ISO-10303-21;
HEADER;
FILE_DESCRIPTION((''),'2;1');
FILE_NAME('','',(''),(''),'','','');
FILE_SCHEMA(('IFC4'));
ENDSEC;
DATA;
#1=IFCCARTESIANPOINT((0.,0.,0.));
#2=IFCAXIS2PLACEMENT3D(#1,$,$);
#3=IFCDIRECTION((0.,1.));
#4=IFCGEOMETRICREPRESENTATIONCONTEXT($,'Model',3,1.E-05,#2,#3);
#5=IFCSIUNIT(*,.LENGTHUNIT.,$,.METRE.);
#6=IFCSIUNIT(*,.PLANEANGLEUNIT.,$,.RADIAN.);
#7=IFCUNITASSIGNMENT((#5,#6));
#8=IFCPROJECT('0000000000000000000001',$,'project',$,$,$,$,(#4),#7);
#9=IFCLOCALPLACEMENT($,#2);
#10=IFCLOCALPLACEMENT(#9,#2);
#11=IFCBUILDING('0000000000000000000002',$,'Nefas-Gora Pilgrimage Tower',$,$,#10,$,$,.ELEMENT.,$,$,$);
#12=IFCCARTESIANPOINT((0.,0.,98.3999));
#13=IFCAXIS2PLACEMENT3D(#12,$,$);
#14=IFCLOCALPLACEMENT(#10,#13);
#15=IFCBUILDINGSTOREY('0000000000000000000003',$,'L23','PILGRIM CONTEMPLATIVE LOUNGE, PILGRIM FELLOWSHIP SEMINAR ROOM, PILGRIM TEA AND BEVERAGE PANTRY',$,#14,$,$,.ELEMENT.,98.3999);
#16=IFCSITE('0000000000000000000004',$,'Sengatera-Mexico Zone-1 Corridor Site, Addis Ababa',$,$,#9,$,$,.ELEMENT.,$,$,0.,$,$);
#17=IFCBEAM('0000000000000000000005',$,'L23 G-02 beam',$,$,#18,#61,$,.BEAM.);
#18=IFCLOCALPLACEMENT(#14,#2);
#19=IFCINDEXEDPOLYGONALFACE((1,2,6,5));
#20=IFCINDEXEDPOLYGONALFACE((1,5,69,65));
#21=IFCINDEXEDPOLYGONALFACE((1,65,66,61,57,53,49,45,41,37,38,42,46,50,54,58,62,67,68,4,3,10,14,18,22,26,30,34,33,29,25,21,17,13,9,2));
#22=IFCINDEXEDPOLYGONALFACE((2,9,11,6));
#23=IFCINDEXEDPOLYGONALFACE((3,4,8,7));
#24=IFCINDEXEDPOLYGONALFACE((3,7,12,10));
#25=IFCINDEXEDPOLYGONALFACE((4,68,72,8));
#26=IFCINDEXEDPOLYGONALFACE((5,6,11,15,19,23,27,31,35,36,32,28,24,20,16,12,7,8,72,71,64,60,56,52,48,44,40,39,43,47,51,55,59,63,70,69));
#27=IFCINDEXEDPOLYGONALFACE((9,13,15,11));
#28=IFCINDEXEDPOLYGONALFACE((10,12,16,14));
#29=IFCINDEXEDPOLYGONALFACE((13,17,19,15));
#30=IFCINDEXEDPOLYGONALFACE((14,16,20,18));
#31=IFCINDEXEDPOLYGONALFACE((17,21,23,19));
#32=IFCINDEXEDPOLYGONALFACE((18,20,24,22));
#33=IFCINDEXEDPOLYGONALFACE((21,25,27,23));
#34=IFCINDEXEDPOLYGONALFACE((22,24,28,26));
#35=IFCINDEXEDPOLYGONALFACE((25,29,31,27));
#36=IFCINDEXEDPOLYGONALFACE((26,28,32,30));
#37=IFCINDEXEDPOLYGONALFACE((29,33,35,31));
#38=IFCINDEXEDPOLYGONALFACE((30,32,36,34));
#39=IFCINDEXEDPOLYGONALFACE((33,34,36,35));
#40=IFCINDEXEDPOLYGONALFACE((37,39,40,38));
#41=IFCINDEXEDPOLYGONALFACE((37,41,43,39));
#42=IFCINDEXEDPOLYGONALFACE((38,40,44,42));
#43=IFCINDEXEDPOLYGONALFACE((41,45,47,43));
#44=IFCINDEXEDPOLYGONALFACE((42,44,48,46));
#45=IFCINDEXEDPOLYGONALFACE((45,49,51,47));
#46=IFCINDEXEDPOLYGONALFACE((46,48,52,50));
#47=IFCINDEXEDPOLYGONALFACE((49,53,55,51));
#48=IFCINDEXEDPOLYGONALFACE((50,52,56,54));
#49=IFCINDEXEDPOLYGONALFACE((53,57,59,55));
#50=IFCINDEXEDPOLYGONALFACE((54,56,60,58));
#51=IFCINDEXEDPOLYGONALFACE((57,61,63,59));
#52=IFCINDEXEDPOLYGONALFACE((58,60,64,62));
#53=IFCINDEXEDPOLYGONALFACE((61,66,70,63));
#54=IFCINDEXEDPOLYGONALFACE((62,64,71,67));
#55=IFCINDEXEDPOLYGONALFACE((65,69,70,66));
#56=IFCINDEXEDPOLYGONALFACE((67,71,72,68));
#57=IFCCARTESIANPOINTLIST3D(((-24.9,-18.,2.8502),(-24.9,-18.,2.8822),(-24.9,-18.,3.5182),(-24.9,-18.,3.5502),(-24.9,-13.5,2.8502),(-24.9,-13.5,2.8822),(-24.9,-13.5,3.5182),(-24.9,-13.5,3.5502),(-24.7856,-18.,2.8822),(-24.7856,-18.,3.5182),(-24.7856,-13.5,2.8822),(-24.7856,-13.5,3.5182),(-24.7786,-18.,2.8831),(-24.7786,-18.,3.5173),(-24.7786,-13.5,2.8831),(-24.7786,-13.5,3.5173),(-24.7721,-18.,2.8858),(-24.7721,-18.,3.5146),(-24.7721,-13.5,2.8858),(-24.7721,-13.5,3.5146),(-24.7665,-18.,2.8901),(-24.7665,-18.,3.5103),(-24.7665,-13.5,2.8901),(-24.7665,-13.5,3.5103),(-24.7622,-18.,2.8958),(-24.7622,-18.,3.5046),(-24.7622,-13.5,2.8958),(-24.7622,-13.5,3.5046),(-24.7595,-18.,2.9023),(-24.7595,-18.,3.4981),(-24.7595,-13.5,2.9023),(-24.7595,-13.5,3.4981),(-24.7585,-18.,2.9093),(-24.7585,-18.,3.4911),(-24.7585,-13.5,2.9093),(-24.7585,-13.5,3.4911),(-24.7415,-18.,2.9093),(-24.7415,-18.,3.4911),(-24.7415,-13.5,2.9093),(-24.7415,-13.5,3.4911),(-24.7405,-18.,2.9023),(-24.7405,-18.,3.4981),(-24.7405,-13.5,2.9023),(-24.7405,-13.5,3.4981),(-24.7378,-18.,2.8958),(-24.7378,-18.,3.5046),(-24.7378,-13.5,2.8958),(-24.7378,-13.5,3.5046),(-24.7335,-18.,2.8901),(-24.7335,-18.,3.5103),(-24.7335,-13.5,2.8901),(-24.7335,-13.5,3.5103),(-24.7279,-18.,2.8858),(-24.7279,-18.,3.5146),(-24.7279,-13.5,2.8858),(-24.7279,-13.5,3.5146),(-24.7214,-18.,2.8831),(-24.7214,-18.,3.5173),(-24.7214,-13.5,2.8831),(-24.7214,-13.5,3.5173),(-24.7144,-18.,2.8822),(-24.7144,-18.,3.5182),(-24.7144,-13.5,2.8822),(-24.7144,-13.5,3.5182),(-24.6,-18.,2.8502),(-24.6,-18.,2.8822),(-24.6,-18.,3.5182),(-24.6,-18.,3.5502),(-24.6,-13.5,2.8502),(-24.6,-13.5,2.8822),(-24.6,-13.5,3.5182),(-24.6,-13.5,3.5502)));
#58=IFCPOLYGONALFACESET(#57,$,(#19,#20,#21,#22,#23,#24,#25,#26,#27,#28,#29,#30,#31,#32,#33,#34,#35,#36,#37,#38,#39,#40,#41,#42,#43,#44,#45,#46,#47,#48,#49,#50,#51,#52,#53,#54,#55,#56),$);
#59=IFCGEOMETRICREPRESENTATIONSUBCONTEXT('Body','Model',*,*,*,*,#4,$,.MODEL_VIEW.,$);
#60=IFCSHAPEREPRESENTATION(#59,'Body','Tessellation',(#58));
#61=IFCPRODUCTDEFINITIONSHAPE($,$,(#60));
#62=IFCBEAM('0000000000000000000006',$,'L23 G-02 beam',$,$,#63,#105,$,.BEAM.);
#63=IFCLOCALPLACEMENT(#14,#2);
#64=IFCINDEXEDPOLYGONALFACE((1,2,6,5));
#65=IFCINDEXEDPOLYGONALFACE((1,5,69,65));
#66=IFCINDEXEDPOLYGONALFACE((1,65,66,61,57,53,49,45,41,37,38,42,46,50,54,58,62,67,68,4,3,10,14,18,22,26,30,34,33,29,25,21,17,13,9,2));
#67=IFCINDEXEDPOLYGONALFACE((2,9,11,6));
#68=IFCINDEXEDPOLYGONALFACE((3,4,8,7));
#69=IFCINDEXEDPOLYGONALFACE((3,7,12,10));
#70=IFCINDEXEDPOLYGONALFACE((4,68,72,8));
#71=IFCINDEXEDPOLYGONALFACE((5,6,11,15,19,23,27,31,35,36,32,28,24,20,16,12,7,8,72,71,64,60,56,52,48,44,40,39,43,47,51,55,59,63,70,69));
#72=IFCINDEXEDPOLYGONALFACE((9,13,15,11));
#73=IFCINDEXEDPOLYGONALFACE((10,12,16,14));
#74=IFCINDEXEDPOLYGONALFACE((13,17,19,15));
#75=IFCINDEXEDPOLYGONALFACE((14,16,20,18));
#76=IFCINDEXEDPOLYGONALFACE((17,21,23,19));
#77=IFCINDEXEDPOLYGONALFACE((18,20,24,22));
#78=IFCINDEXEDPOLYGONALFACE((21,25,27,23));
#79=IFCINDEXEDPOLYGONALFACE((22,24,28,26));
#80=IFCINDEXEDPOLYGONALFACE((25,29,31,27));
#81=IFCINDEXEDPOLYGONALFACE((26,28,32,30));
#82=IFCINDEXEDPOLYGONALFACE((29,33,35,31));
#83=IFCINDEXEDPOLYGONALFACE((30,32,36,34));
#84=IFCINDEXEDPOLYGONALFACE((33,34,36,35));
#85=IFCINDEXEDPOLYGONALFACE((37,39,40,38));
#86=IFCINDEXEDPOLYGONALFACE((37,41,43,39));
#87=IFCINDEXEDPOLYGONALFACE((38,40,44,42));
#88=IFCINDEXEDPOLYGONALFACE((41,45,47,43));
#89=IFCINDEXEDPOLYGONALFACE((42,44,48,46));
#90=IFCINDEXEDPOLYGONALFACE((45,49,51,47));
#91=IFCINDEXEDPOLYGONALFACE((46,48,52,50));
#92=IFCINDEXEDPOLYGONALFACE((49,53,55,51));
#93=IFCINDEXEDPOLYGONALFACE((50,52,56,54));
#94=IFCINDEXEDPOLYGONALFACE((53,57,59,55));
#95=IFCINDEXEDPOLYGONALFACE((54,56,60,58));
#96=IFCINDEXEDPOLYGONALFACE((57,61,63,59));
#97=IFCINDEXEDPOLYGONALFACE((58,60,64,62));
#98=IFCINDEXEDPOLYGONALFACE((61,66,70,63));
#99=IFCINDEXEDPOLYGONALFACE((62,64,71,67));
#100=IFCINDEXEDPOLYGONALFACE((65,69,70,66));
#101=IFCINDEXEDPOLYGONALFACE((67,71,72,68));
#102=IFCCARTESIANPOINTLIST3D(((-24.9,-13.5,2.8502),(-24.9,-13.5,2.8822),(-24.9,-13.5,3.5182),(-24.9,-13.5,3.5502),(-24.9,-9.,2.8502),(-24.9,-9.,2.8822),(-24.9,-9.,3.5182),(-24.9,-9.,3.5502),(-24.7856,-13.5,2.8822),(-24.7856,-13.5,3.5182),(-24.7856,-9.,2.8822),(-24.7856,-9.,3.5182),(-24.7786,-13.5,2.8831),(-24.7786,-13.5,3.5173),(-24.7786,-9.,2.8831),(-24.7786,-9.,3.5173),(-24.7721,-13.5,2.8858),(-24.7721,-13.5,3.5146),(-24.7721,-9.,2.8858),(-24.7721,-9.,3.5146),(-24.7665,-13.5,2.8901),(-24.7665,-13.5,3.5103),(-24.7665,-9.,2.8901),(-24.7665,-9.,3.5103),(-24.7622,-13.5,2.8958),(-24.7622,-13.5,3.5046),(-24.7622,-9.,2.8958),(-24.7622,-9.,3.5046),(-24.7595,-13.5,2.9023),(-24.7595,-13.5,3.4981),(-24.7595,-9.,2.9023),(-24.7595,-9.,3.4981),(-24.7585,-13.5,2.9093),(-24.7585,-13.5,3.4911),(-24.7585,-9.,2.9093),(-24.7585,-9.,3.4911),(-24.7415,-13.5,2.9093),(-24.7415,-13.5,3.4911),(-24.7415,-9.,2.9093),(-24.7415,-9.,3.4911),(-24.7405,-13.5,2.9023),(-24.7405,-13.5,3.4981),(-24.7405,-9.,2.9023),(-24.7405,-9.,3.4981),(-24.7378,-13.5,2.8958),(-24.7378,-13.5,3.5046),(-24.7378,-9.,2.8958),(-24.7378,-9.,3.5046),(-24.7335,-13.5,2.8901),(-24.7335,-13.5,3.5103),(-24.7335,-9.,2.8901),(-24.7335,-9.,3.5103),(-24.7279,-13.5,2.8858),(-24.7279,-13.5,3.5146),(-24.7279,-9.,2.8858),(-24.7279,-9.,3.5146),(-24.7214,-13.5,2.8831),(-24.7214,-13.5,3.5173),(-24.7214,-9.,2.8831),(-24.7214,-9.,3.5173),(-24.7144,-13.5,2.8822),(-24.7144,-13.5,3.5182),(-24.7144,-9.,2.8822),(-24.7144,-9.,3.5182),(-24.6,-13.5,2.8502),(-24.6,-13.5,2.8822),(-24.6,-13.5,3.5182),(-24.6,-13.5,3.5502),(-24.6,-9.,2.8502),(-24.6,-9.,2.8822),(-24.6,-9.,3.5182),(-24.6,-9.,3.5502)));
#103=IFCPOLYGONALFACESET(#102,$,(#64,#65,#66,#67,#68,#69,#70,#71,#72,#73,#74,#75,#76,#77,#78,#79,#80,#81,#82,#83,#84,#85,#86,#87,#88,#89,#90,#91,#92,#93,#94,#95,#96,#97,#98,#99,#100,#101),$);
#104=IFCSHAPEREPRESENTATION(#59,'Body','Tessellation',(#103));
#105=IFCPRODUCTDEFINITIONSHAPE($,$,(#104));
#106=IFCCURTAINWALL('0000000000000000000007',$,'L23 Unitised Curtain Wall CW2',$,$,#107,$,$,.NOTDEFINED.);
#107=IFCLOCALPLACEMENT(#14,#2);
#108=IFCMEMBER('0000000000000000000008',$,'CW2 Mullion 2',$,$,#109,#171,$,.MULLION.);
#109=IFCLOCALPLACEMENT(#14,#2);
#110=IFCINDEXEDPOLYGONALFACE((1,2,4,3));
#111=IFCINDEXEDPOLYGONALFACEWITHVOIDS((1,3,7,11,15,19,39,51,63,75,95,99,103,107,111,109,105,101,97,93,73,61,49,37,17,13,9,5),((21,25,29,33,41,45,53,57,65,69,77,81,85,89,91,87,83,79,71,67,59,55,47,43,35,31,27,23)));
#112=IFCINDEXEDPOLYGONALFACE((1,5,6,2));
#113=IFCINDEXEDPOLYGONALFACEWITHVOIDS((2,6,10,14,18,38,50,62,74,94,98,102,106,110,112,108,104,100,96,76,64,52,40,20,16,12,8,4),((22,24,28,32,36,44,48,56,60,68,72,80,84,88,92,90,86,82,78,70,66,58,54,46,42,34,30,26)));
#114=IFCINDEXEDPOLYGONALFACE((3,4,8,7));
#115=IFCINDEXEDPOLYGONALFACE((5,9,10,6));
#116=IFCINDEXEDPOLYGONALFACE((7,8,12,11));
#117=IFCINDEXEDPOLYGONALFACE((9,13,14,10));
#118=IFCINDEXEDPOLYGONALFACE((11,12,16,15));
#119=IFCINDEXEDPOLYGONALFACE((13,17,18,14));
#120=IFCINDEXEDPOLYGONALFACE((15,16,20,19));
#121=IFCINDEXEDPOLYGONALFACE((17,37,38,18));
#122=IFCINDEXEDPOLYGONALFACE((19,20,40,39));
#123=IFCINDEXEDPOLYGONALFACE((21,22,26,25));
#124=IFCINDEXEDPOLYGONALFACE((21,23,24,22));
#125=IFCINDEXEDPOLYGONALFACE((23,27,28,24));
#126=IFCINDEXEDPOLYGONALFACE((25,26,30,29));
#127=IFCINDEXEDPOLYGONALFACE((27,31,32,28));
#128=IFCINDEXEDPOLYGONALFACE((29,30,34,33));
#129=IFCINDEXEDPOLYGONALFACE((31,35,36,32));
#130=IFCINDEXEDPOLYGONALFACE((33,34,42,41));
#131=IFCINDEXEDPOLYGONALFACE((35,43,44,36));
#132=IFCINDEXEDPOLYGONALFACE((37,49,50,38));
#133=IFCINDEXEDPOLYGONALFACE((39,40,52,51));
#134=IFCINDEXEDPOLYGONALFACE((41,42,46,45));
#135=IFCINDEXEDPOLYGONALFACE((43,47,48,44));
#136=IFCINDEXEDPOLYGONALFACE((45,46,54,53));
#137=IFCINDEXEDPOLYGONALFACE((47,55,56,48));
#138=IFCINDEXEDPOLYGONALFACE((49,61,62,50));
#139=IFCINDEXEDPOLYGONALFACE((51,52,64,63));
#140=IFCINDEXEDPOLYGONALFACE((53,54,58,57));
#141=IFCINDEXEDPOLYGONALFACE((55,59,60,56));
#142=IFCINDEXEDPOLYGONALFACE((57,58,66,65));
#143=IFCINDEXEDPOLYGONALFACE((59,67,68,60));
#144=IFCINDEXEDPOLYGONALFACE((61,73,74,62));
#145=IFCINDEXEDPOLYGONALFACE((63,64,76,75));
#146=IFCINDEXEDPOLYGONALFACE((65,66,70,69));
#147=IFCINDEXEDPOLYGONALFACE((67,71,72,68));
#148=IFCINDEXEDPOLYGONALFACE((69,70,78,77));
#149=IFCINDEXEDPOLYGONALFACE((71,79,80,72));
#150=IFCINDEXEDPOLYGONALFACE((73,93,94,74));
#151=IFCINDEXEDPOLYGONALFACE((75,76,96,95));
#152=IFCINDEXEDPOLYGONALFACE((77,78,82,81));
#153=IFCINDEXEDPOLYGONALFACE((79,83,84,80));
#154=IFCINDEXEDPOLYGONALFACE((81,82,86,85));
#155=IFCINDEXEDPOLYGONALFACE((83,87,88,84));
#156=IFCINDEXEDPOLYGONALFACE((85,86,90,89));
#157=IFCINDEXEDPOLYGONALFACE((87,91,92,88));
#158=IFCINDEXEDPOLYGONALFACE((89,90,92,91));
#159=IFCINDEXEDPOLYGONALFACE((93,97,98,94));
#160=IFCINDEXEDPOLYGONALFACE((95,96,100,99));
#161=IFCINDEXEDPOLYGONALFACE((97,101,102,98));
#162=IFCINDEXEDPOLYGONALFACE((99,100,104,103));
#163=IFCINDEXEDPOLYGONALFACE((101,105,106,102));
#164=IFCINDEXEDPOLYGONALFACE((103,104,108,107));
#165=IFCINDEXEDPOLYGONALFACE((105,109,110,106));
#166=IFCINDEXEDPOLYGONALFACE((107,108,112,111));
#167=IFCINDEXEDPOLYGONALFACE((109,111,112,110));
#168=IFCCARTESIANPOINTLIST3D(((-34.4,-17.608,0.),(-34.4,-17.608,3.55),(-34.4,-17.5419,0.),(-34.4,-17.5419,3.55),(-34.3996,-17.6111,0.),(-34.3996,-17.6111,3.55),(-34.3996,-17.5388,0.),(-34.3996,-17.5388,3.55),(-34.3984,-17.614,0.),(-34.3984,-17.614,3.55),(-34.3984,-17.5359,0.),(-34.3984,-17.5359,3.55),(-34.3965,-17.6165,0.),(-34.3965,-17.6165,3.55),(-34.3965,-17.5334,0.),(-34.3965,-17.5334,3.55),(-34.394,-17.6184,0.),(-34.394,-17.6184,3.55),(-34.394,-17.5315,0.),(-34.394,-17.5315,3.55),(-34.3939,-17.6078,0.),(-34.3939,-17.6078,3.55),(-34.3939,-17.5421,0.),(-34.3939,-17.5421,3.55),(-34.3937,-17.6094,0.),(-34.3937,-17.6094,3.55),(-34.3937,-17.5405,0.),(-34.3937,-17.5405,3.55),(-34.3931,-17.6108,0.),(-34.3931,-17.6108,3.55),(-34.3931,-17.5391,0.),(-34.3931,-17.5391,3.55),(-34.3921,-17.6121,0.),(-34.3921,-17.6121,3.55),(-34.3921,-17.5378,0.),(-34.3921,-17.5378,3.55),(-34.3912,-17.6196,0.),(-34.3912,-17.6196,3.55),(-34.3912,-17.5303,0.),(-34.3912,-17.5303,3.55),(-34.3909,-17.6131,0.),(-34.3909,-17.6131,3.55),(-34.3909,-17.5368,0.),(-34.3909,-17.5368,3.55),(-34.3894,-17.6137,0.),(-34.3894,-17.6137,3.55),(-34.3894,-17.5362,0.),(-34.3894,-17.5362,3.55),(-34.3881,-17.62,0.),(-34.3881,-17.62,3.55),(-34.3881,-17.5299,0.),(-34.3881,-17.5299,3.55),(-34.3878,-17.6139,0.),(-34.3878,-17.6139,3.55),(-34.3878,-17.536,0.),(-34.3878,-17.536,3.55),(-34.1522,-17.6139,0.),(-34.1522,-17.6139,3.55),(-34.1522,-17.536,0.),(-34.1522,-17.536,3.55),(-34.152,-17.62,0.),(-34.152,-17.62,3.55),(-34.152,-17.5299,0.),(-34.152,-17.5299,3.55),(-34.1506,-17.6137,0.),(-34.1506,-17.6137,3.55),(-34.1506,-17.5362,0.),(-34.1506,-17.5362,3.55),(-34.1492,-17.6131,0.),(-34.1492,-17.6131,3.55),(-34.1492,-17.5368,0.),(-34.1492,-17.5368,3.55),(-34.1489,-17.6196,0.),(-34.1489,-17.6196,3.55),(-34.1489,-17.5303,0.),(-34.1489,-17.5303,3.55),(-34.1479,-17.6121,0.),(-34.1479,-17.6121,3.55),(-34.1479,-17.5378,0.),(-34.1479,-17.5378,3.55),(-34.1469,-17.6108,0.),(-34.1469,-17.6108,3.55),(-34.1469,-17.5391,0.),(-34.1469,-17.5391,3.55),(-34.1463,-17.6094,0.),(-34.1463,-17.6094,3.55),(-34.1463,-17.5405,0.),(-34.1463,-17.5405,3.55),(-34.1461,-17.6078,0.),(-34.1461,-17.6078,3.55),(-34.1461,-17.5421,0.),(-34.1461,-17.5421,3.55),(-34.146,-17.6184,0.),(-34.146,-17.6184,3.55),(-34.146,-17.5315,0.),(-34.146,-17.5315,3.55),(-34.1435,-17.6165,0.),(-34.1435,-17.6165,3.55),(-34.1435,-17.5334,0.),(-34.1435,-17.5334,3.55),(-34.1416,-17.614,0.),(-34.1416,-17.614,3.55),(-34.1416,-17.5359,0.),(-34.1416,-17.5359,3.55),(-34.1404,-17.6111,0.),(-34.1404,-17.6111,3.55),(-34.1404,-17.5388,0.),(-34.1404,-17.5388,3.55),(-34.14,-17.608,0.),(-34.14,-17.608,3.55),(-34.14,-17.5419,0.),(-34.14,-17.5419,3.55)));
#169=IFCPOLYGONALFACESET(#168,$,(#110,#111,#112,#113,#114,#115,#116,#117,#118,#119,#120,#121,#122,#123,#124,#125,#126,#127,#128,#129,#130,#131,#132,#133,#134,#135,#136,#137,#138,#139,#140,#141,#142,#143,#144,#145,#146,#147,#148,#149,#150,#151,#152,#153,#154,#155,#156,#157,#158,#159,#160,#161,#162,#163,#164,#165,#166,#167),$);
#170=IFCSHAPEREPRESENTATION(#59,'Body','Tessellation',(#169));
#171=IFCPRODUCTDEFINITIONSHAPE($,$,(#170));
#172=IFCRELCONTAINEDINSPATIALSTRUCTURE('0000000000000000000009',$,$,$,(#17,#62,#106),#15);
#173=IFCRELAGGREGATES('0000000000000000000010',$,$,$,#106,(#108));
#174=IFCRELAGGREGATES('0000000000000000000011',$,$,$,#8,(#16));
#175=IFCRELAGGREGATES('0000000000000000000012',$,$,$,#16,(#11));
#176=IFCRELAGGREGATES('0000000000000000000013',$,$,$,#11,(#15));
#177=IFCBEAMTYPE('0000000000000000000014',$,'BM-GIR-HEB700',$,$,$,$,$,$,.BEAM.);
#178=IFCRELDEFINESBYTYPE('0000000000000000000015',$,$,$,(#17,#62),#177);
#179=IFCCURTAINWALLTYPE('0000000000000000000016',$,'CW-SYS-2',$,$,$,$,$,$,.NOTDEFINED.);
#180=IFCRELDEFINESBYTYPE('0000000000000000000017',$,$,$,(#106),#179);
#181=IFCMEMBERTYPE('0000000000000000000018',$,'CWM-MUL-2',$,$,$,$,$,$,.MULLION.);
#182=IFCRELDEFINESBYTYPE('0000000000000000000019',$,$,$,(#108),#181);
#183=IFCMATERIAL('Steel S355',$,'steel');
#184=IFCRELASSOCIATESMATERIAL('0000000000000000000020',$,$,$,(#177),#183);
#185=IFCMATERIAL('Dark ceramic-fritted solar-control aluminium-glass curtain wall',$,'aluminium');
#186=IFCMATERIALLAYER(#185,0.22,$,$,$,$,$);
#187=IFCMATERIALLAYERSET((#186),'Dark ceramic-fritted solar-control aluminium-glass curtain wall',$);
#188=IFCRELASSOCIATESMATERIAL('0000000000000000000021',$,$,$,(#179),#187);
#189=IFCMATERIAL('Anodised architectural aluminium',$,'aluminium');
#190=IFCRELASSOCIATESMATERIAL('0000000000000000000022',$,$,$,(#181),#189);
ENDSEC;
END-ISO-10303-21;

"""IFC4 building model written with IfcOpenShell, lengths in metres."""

from ifc_helpers import new_model, si_unit, direction, frame, origin, origin_2d, place, context, subcontext, project, spatial, hollow_rectangle, i_section, extrude, source, transform, mapped, material, layer, layer_set, material_profile, profile_set, type_object, element, aggregate, save


model = new_model("IFC4")

# Units and contexts
model_context = context("Model", 3, precision=1e-05, world=origin(), true_north=direction((0.0, 1.0)))
body_context = subcontext(model_context, "Body", "Model", "MODEL_VIEW")
ifc_project = project(units=[si_unit("LENGTHUNIT", "METRE"), si_unit("PLANEANGLEUNIT", "RADIAN")], contexts=[model_context])

# Site, building, storey
site_placement = place(None, origin())
site = spatial("IfcSite", under=ifc_project, at=site_placement, Name="Sengatera-Mexico Zone-1 Corridor Site, Addis Ababa", CompositionType="ELEMENT", RefElevation=0.0)
building_placement = place(site_placement, origin())
building = spatial("IfcBuilding", under=site, at=building_placement, Name="Nefas-Gora Pilgrimage Tower", CompositionType="ELEMENT")
storey_placement = place(building_placement, frame((0.0, 0.0, 98.3999)))
storey = spatial("IfcBuildingStorey", under=building, at=storey_placement, Name="L23", Description="PILGRIM CONTEMPLATIVE LOUNGE, PILGRIM FELLOWSHIP SEMINAR ROOM, PILGRIM TEA AND BEVERAGE PANTRY", CompositionType="ELEMENT", Elevation=98.3999)

# Beams
ifc_material_1 = material(Name="Steel S355", Category="steel")
ifc_material_profile_1 = material_profile(ifc_material_1, i_section(OverallWidth=0.3, OverallDepth=0.7, WebThickness=0.0171, FlangeThickness=0.032, FilletRadius=0.0271, at=origin_2d()), Name="HEB 700")
ifc_profile_set_1 = profile_set([ifc_material_profile_1], Name="Steel S355")
beam_type_1 = type_object("IfcBeamType", Name="BM-GIR-HEB700", PredefinedType="BEAM", material=ifc_profile_set_1)
shared_shape_1 = source(origin(), body_context, "Body", "SweptSolid", [
    extrude(i_section(OverallWidth=0.3, OverallDepth=0.7, WebThickness=0.0171, FlangeThickness=0.032, FilletRadius=0.0271, at=origin_2d()), origin(), (0.0, 0.0, 1.0), 4.5),
])
for number, where, z_axis, x_axis, name in (
    (1, (-24.75, -18.0, 3.2002), (0.0, 1.0, 0.0), (-1.0, 0.0, 0.0), "L23 G-02 beam"),
    (2, (-24.75, -13.5, 3.2002), (0.0, 1.0, 0.0), (-1.0, 0.0, 0.0), "L23 G-02 beam"),
):
    element("IfcBeam", number, at=place(storey_placement, frame(where, z_axis=z_axis, x_axis=x_axis)), inside=storey, type_object=beam_type_1, Name=name, PredefinedType="BEAM", context=body_context, shape_type="MappedRepresentation", body=[
        mapped(shared_shape_1, transform((0.0, 0.0, 0.0), x_axis=(1.0, 0.0, 0.0), y_axis=(0.0, 1.0, 0.0), z_axis=(0.0, 0.0, 1.0), scale=1.0)),
    ])

# Curtain wall, member
ifc_material_2 = material(Name="Dark ceramic-fritted solar-control aluminium-glass curtain wall", Category="aluminium")
ifc_layer_1 = layer(ifc_material_2, 0.22)
ifc_layer_set_1 = layer_set([ifc_layer_1], Name="Dark ceramic-fritted solar-control aluminium-glass curtain wall")
curtain_wall_type = type_object("IfcCurtainWallType", Name="CW-SYS-2", PredefinedType="NOTDEFINED", material=ifc_layer_set_1)
curtain_wall_1_placement = place(storey_placement, origin())
curtain_wall_1 = element("IfcCurtainWall", 3, at=curtain_wall_1_placement, inside=storey, type_object=curtain_wall_type, Name="L23 Unitised Curtain Wall CW2", PredefinedType="NOTDEFINED")
ifc_material_3 = material(Name="Anodised architectural aluminium", Category="aluminium")
ifc_material_profile_2 = material_profile(ifc_material_3, hollow_rectangle(XDim=0.0901, YDim=0.26, WallThickness=0.0061, InnerFilletRadius=0.0061, OuterFilletRadius=0.012, at=origin_2d()), Name="ALU MULLION 90x260")
ifc_profile_set_2 = profile_set([ifc_material_profile_2], Name="Anodised architectural aluminium")
member_type_1 = type_object("IfcMemberType", Name="CWM-MUL-2", PredefinedType="MULLION", material=ifc_profile_set_2)
shared_shape_2 = source(origin(), body_context, "Body", "SweptSolid", [
    extrude(hollow_rectangle(XDim=0.0901, YDim=0.26, WallThickness=0.0061, InnerFilletRadius=0.0061, OuterFilletRadius=0.012, at=origin_2d()), origin(), (0.0, 0.0, 1.0), 3.55),
])
member_1_placement = place(storey_placement, frame((-34.27, -17.575, 0.0), z_axis=(0.0, 0.0, 1.0), x_axis=(0.0, -1.0, 0.0)))
member_1 = element("IfcMember", 4, at=member_1_placement, type_object=member_type_1, Name="CW2 Mullion 2", PredefinedType="MULLION", context=body_context, shape_type="MappedRepresentation", body=[
    mapped(shared_shape_2, transform((0.0, 0.0, 0.0), x_axis=(1.0, 0.0, 0.0), y_axis=(0.0, 1.0, 0.0), z_axis=(0.0, 0.0, 1.0), scale=1.0)),
])

aggregate(curtain_wall_1, [member_1])

save(model, "model.ifc")
